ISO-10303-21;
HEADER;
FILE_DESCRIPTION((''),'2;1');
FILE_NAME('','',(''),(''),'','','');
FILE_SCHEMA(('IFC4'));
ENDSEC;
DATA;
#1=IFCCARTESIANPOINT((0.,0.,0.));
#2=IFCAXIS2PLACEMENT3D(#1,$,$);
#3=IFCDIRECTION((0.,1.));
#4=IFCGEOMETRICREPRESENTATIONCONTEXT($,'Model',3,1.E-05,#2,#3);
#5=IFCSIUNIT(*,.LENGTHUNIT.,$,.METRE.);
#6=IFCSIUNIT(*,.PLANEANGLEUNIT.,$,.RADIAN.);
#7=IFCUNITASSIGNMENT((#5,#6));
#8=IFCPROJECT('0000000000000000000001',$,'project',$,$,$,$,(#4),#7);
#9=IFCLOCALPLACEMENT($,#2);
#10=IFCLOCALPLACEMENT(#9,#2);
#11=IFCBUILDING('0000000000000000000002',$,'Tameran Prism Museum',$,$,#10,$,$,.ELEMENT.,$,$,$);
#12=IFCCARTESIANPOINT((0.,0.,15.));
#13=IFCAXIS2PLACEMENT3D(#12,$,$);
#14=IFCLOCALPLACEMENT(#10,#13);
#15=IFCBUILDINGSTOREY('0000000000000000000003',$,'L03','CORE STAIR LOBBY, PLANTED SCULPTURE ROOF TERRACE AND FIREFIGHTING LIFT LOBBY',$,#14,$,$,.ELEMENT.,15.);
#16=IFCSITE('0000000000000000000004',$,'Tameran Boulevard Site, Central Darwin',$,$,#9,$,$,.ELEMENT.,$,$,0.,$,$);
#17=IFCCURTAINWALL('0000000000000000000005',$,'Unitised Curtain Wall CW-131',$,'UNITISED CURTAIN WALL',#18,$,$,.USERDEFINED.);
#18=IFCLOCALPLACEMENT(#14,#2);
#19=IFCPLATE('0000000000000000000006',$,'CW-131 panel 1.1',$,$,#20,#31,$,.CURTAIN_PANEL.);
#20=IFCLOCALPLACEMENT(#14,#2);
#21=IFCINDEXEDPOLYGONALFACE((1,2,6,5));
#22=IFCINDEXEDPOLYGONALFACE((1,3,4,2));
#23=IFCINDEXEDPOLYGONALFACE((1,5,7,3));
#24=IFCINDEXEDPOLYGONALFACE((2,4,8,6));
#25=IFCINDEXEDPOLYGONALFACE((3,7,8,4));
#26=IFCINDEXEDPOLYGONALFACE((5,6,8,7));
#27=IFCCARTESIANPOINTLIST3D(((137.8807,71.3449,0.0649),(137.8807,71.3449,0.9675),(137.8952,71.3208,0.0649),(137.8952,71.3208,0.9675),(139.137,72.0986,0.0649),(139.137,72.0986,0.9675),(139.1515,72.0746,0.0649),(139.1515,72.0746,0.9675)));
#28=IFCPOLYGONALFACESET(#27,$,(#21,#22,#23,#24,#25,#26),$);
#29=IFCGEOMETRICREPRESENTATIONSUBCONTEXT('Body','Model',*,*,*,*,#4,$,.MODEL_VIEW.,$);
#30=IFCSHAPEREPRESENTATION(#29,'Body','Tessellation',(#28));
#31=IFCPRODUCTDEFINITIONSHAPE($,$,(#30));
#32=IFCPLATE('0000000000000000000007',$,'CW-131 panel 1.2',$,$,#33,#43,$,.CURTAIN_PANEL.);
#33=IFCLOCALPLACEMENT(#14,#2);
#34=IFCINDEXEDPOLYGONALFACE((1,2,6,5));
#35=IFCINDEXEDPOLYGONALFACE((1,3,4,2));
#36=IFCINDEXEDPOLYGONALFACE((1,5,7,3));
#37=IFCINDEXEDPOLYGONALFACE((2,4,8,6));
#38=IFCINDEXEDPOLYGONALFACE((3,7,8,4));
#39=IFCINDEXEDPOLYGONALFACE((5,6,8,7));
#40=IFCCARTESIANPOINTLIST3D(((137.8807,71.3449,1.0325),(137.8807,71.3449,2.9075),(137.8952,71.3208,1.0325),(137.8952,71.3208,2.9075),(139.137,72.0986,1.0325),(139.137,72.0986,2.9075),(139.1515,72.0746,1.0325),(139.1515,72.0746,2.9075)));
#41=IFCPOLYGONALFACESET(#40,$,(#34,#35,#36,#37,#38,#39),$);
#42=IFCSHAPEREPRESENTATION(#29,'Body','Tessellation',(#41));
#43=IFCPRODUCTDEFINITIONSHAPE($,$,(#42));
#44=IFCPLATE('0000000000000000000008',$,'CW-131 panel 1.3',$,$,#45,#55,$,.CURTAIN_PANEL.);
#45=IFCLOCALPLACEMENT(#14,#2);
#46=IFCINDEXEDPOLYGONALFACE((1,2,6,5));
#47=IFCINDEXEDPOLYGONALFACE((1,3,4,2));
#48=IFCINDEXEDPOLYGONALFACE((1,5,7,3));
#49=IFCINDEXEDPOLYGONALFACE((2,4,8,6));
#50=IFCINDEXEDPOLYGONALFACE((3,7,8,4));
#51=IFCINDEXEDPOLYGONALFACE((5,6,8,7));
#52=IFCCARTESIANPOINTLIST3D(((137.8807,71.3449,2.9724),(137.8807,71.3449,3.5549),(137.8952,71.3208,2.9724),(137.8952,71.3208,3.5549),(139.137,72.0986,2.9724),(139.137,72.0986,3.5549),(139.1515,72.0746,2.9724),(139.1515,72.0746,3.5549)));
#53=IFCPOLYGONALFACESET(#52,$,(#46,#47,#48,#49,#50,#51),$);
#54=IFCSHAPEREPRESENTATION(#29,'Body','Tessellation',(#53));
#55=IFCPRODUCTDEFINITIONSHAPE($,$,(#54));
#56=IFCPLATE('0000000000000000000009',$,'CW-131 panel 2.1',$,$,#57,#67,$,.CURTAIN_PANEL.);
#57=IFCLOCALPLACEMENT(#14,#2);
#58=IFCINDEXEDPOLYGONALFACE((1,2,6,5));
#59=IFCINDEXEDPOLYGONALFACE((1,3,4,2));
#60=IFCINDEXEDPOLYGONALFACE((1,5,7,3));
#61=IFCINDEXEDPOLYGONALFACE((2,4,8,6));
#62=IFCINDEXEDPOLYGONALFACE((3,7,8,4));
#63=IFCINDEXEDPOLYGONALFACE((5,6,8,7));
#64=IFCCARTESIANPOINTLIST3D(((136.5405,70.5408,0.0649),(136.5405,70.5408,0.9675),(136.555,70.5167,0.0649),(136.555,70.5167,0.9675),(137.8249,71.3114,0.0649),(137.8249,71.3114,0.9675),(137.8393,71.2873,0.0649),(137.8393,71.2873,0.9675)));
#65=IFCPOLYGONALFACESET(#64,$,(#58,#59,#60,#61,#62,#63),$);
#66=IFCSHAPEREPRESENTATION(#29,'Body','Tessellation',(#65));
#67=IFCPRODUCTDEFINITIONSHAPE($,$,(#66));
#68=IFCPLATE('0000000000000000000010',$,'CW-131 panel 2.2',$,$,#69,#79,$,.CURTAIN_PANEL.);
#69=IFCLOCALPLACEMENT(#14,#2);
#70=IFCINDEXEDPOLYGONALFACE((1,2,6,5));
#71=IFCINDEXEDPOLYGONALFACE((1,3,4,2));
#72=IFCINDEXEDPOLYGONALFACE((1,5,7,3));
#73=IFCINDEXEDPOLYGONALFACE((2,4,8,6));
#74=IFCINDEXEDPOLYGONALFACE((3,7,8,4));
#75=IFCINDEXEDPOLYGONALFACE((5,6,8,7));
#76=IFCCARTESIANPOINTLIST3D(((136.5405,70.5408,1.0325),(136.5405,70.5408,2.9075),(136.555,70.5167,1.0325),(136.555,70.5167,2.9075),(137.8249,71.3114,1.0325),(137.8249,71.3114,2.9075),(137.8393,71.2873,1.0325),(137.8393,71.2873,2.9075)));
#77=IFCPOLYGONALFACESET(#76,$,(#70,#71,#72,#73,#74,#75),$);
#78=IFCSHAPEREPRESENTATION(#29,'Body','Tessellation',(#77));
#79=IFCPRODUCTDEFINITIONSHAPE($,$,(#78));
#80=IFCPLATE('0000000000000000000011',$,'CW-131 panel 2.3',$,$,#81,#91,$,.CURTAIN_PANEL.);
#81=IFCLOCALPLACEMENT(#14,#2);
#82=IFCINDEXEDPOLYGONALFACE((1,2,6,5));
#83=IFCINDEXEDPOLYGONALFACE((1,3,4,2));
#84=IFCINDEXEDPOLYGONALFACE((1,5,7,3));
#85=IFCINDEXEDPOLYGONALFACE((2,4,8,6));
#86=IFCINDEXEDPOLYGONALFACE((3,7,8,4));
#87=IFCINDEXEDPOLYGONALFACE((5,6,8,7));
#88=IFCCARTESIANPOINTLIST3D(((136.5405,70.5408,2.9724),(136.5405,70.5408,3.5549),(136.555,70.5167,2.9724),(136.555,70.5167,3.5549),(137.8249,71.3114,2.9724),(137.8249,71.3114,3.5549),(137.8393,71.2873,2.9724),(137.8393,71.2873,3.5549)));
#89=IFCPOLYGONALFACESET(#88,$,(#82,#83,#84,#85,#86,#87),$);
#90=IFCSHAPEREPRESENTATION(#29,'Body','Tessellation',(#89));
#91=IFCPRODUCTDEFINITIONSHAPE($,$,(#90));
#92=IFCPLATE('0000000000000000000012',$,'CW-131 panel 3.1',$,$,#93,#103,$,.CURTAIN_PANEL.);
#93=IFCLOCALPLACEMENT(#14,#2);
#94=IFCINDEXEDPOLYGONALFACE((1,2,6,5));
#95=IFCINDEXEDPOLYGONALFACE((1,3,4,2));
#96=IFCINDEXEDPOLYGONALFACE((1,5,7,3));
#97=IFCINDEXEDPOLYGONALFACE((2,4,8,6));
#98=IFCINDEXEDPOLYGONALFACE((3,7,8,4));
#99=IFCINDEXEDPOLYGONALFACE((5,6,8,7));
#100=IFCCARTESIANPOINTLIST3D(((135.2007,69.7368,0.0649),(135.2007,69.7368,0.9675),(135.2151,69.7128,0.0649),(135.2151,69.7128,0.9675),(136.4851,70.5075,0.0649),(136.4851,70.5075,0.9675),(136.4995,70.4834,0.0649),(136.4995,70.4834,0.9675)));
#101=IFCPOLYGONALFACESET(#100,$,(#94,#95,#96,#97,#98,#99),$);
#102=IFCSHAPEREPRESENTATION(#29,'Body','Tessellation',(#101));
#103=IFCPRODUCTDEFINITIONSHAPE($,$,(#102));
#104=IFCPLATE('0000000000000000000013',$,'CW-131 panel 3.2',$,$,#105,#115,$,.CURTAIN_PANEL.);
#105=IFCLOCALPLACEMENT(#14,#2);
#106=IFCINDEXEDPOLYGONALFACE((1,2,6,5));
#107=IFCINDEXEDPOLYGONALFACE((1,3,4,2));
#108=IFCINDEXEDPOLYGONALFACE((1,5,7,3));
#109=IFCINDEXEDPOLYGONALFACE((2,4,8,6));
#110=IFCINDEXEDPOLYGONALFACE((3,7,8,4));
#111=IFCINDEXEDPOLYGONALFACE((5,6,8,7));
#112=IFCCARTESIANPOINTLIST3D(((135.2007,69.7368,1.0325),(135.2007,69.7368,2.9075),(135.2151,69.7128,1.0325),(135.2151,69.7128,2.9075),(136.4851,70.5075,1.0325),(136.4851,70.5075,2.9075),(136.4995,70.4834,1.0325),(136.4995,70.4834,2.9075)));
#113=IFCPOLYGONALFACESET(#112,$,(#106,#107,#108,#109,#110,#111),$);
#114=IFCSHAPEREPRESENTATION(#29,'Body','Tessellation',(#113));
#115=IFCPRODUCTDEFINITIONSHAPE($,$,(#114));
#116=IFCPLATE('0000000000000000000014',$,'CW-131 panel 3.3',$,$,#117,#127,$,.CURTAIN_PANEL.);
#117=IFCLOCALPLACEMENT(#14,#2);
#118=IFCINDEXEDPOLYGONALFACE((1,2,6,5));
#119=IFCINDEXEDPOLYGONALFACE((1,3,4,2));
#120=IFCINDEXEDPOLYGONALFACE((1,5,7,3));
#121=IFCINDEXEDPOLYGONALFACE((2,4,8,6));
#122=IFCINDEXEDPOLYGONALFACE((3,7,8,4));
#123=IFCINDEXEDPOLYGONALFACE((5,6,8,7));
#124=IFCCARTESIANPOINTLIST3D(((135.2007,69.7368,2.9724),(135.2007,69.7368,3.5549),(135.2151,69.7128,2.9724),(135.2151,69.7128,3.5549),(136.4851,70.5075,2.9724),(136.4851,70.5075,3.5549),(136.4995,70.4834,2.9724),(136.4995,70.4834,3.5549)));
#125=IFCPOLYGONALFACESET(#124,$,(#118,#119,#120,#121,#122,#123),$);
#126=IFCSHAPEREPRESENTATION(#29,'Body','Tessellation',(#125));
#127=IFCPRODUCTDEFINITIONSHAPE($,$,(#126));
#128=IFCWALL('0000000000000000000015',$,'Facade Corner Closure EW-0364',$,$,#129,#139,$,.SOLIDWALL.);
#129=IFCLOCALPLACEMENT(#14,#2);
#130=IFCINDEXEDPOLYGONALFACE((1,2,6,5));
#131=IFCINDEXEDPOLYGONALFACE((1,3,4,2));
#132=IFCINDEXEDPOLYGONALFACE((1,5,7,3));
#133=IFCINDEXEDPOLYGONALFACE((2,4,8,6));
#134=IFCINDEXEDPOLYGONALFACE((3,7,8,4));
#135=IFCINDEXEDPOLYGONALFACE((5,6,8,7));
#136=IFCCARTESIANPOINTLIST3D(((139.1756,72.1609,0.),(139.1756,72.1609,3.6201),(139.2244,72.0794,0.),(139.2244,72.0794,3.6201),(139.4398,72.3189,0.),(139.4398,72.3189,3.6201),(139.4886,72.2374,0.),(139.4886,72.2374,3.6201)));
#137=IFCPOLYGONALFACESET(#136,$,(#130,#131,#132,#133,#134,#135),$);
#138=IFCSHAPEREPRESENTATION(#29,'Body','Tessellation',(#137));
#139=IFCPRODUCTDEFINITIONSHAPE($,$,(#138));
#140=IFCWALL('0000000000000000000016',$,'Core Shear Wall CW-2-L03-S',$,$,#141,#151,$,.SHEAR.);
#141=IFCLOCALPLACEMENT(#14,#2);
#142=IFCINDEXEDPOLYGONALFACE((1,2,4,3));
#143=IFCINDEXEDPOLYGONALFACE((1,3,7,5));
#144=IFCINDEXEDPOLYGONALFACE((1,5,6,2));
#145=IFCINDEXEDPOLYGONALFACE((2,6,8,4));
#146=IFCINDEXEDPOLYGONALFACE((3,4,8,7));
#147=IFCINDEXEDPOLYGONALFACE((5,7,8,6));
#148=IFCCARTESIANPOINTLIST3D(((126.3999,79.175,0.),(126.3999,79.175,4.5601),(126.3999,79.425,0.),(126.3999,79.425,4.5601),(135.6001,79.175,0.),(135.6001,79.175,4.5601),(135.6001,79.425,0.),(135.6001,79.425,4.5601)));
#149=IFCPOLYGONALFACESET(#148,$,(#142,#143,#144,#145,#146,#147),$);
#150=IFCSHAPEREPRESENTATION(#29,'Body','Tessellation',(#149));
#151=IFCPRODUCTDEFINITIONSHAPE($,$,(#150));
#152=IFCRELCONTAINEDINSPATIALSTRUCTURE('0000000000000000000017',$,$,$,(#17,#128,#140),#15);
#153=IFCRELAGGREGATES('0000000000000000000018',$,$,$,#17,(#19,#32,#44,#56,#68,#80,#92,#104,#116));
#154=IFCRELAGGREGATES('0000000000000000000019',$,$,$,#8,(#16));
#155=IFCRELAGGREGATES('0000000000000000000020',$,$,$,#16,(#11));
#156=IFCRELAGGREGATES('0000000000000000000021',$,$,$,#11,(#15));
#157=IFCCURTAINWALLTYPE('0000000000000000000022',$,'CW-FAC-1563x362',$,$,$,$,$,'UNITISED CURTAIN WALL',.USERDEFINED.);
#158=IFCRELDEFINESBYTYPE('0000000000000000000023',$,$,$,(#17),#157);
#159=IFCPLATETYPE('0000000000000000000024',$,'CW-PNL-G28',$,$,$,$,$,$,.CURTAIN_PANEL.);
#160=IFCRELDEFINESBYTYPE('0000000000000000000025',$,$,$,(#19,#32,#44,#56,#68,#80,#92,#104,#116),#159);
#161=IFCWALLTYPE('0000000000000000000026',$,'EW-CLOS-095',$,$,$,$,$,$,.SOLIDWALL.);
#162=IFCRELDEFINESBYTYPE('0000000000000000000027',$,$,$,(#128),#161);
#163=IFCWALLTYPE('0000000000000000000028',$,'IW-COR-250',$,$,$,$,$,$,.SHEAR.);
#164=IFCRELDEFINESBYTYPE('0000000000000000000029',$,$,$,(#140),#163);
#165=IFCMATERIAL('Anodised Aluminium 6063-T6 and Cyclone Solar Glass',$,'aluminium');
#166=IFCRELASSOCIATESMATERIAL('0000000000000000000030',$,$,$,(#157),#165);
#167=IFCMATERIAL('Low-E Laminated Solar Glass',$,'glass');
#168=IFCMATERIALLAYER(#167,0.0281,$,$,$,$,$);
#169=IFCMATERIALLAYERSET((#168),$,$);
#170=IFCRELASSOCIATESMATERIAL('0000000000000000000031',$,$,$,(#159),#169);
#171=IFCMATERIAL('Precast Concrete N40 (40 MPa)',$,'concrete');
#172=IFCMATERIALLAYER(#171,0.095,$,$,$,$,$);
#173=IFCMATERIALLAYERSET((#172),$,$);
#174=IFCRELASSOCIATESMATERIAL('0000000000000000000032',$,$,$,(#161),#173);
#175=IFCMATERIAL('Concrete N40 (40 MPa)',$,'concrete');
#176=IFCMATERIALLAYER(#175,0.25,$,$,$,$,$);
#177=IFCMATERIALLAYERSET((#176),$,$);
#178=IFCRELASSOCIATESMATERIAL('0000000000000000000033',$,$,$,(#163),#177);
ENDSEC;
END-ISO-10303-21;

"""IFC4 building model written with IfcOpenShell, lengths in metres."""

from ifc_helpers import new_model, si_unit, direction, frame, frame_2d, origin, origin_2d, place, context, subcontext, project, spatial, rectangle, extrude, material, layer, layer_set, type_object, element, aggregate, save


model = new_model("IFC4")

# Units and contexts
model_context = context("Model", 3, precision=1e-05, world=origin(), true_north=direction((0.0, 1.0)))
body_context = subcontext(model_context, "Body", "Model", "MODEL_VIEW")
ifc_project = project(units=[si_unit("LENGTHUNIT", "METRE"), si_unit("PLANEANGLEUNIT", "RADIAN")], contexts=[model_context])

# Site, building, storey
site_placement = place(None, origin())
site = spatial("IfcSite", under=ifc_project, at=site_placement, Name="Tameran Boulevard Site, Central Darwin", CompositionType="ELEMENT", RefElevation=0.0)
building_placement = place(site_placement, origin())
building = spatial("IfcBuilding", under=site, at=building_placement, Name="Tameran Prism Museum", CompositionType="ELEMENT")
storey_placement = place(building_placement, frame((0.0, 0.0, 15.0)))
storey = spatial("IfcBuildingStorey", under=building, at=storey_placement, Name="L03", Description="CORE STAIR LOBBY, PLANTED SCULPTURE ROOF TERRACE AND FIREFIGHTING LIFT LOBBY", CompositionType="ELEMENT", Elevation=15.0)

# Curtain wall
ifc_material_1 = material(Name="Anodised Aluminium 6063-T6 and Cyclone Solar Glass", Category="aluminium")
curtain_wall_type = type_object("IfcCurtainWallType", Name="CW-FAC-1563x362", ElementType="UNITISED CURTAIN WALL", PredefinedType="USERDEFINED", material=ifc_material_1)
curtain_wall_placement = place(storey_placement, origin())
curtain_wall = element("IfcCurtainWall", 1, at=curtain_wall_placement, inside=storey, type_object=curtain_wall_type, Name="Unitised Curtain Wall CW-131", ObjectType="UNITISED CURTAIN WALL", PredefinedType="USERDEFINED")

# Plates
ifc_material_2 = material(Name="Low-E Laminated Solar Glass", Category="glass")
ifc_layer_1 = layer(ifc_material_2, 0.0281)
ifc_layer_set_1 = layer_set([ifc_layer_1])
plate_type = type_object("IfcPlateType", Name="CW-PNL-G28", PredefinedType="CURTAIN_PANEL", material=ifc_layer_set_1)
plate_1_placement = place(storey_placement, frame((138.5161, 71.7097, 0.0649), z_axis=(0.0, 0.0, 1.0), x_axis=(-0.857493, -0.514496, 0.0)))
plate_1 = element("IfcPlate", 2, at=plate_1_placement, type_object=plate_type, Name="CW-131 panel 1.1", PredefinedType="CURTAIN_PANEL", context=body_context, shape_type="SweptSolid", body=[
    extrude(rectangle(XDim=1.4651, YDim=0.0281, at=origin_2d()), origin(), (0.0, 0.0, 1.0), 0.9026),
])
plate_2_placement = place(storey_placement, frame((138.5161, 71.7097, 1.0325), z_axis=(0.0, 0.0, 1.0), x_axis=(-0.857493, -0.514496, 0.0)))
plate_2 = element("IfcPlate", 3, at=plate_2_placement, type_object=plate_type, Name="CW-131 panel 1.2", PredefinedType="CURTAIN_PANEL", context=body_context, shape_type="SweptSolid", body=[
    extrude(rectangle(XDim=1.4651, YDim=0.0281, at=origin_2d()), origin(), (0.0, 0.0, 1.0), 1.875),
])
plate_3_placement = place(storey_placement, frame((138.5161, 71.7097, 2.9724), z_axis=(0.0, 0.0, 1.0), x_axis=(-0.857493, -0.514496, 0.0)))
plate_3 = element("IfcPlate", 4, at=plate_3_placement, type_object=plate_type, Name="CW-131 panel 1.3", PredefinedType="CURTAIN_PANEL", context=body_context, shape_type="SweptSolid", body=[
    extrude(rectangle(XDim=1.4651, YDim=0.0281, at=origin_2d()), origin(), (0.0, 0.0, 1.0), 0.5825),
])
plate_4_placement = place(storey_placement, frame((137.1899, 70.9141, 0.0649), z_axis=(0.0, 0.0, 1.0), x_axis=(-0.857493, -0.514496, 0.0)))
plate_4 = element("IfcPlate", 5, at=plate_4_placement, type_object=plate_type, Name="CW-131 panel 2.1", PredefinedType="CURTAIN_PANEL", context=body_context, shape_type="SweptSolid", body=[
    extrude(rectangle(XDim=1.4978, YDim=0.0281, at=origin_2d()), origin(), (0.0, 0.0, 1.0), 0.9026),
])
plate_5_placement = place(storey_placement, frame((137.1899, 70.9141, 1.0325), z_axis=(0.0, 0.0, 1.0), x_axis=(-0.857493, -0.514496, 0.0)))
plate_5 = element("IfcPlate", 6, at=plate_5_placement, type_object=plate_type, Name="CW-131 panel 2.2", PredefinedType="CURTAIN_PANEL", context=body_context, shape_type="SweptSolid", body=[
    extrude(rectangle(XDim=1.4978, YDim=0.0281, at=origin_2d()), origin(), (0.0, 0.0, 1.0), 1.875),
])
plate_6_placement = place(storey_placement, frame((137.1899, 70.9141, 2.9724), z_axis=(0.0, 0.0, 1.0), x_axis=(-0.857493, -0.514496, 0.0)))
plate_6 = element("IfcPlate", 7, at=plate_6_placement, type_object=plate_type, Name="CW-131 panel 2.3", PredefinedType="CURTAIN_PANEL", context=body_context, shape_type="SweptSolid", body=[
    extrude(rectangle(XDim=1.4978, YDim=0.0281, at=origin_2d()), origin(), (0.0, 0.0, 1.0), 0.5825),
])
plate_7_placement = place(storey_placement, frame((135.8501, 70.1101, 0.0649), z_axis=(0.0, 0.0, 1.0), x_axis=(-0.857493, -0.514496, 0.0)))
plate_7 = element("IfcPlate", 8, at=plate_7_placement, type_object=plate_type, Name="CW-131 panel 3.1", PredefinedType="CURTAIN_PANEL", context=body_context, shape_type="SweptSolid", body=[
    extrude(rectangle(XDim=1.4978, YDim=0.0281, at=origin_2d()), origin(), (0.0, 0.0, 1.0), 0.9026),
])
plate_8_placement = place(storey_placement, frame((135.8501, 70.1101, 1.0325), z_axis=(0.0, 0.0, 1.0), x_axis=(-0.857493, -0.514496, 0.0)))
plate_8 = element("IfcPlate", 9, at=plate_8_placement, type_object=plate_type, Name="CW-131 panel 3.2", PredefinedType="CURTAIN_PANEL", context=body_context, shape_type="SweptSolid", body=[
    extrude(rectangle(XDim=1.4978, YDim=0.0281, at=origin_2d()), origin(), (0.0, 0.0, 1.0), 1.875),
])
plate_9_placement = place(storey_placement, frame((135.8501, 70.1101, 2.9724), z_axis=(0.0, 0.0, 1.0), x_axis=(-0.857493, -0.514496, 0.0)))
plate_9 = element("IfcPlate", 10, at=plate_9_placement, type_object=plate_type, Name="CW-131 panel 3.3", PredefinedType="CURTAIN_PANEL", context=body_context, shape_type="SweptSolid", body=[
    extrude(rectangle(XDim=1.4978, YDim=0.0281, at=origin_2d()), origin(), (0.0, 0.0, 1.0), 0.5825),
])
aggregate(curtain_wall, [plate_1, plate_2, plate_3, plate_4, plate_5, plate_6, plate_7, plate_8, plate_9])

# Walls
ifc_material_3 = material(Name="Precast Concrete N40 (40 MPa)", Category="concrete")
ifc_layer_2 = layer(ifc_material_3, 0.095)
ifc_layer_set_2 = layer_set([ifc_layer_2])
wall_type_1 = type_object("IfcWallType", Name="EW-CLOS-095", PredefinedType="SOLIDWALL", material=ifc_layer_set_2)
wall_1_placement = place(storey_placement, frame((139.4641, 72.2781, 0.0), z_axis=(0.0, 0.0, 1.0), x_axis=(-0.858262, -0.513212, 0.0)))
element("IfcWall", 11, at=wall_1_placement, inside=storey, type_object=wall_type_1, Name="Facade Corner Closure EW-0364", PredefinedType="SOLIDWALL", context=body_context, shape_type="SweptSolid", body=[
    extrude(rectangle(XDim=0.3079, YDim=0.095, at=frame_2d((0.1538, 0.0))), origin(), (0.0, 0.0, 1.0), 3.6201),
])
ifc_material_4 = material(Name="Concrete N40 (40 MPa)", Category="concrete")
ifc_layer_3 = layer(ifc_material_4, 0.25)
ifc_layer_set_3 = layer_set([ifc_layer_3])
wall_type_2 = type_object("IfcWallType", Name="IW-COR-250", PredefinedType="SHEAR", material=ifc_layer_set_3)
wall_2_placement = place(storey_placement, frame((135.6001, 79.3, 0.0), z_axis=(0.0, 0.0, 1.0), x_axis=(-1.0, 0.0, 0.0)))
element("IfcWall", 12, at=wall_2_placement, inside=storey, type_object=wall_type_2, Name="Core Shear Wall CW-2-L03-S", PredefinedType="SHEAR", context=body_context, shape_type="SweptSolid", body=[
    extrude(rectangle(XDim=9.2002, YDim=0.25, at=frame_2d((4.6001, 0.0))), origin(), (0.0, 0.0, 1.0), 4.5601),
])

save(model, "model.ifc")
